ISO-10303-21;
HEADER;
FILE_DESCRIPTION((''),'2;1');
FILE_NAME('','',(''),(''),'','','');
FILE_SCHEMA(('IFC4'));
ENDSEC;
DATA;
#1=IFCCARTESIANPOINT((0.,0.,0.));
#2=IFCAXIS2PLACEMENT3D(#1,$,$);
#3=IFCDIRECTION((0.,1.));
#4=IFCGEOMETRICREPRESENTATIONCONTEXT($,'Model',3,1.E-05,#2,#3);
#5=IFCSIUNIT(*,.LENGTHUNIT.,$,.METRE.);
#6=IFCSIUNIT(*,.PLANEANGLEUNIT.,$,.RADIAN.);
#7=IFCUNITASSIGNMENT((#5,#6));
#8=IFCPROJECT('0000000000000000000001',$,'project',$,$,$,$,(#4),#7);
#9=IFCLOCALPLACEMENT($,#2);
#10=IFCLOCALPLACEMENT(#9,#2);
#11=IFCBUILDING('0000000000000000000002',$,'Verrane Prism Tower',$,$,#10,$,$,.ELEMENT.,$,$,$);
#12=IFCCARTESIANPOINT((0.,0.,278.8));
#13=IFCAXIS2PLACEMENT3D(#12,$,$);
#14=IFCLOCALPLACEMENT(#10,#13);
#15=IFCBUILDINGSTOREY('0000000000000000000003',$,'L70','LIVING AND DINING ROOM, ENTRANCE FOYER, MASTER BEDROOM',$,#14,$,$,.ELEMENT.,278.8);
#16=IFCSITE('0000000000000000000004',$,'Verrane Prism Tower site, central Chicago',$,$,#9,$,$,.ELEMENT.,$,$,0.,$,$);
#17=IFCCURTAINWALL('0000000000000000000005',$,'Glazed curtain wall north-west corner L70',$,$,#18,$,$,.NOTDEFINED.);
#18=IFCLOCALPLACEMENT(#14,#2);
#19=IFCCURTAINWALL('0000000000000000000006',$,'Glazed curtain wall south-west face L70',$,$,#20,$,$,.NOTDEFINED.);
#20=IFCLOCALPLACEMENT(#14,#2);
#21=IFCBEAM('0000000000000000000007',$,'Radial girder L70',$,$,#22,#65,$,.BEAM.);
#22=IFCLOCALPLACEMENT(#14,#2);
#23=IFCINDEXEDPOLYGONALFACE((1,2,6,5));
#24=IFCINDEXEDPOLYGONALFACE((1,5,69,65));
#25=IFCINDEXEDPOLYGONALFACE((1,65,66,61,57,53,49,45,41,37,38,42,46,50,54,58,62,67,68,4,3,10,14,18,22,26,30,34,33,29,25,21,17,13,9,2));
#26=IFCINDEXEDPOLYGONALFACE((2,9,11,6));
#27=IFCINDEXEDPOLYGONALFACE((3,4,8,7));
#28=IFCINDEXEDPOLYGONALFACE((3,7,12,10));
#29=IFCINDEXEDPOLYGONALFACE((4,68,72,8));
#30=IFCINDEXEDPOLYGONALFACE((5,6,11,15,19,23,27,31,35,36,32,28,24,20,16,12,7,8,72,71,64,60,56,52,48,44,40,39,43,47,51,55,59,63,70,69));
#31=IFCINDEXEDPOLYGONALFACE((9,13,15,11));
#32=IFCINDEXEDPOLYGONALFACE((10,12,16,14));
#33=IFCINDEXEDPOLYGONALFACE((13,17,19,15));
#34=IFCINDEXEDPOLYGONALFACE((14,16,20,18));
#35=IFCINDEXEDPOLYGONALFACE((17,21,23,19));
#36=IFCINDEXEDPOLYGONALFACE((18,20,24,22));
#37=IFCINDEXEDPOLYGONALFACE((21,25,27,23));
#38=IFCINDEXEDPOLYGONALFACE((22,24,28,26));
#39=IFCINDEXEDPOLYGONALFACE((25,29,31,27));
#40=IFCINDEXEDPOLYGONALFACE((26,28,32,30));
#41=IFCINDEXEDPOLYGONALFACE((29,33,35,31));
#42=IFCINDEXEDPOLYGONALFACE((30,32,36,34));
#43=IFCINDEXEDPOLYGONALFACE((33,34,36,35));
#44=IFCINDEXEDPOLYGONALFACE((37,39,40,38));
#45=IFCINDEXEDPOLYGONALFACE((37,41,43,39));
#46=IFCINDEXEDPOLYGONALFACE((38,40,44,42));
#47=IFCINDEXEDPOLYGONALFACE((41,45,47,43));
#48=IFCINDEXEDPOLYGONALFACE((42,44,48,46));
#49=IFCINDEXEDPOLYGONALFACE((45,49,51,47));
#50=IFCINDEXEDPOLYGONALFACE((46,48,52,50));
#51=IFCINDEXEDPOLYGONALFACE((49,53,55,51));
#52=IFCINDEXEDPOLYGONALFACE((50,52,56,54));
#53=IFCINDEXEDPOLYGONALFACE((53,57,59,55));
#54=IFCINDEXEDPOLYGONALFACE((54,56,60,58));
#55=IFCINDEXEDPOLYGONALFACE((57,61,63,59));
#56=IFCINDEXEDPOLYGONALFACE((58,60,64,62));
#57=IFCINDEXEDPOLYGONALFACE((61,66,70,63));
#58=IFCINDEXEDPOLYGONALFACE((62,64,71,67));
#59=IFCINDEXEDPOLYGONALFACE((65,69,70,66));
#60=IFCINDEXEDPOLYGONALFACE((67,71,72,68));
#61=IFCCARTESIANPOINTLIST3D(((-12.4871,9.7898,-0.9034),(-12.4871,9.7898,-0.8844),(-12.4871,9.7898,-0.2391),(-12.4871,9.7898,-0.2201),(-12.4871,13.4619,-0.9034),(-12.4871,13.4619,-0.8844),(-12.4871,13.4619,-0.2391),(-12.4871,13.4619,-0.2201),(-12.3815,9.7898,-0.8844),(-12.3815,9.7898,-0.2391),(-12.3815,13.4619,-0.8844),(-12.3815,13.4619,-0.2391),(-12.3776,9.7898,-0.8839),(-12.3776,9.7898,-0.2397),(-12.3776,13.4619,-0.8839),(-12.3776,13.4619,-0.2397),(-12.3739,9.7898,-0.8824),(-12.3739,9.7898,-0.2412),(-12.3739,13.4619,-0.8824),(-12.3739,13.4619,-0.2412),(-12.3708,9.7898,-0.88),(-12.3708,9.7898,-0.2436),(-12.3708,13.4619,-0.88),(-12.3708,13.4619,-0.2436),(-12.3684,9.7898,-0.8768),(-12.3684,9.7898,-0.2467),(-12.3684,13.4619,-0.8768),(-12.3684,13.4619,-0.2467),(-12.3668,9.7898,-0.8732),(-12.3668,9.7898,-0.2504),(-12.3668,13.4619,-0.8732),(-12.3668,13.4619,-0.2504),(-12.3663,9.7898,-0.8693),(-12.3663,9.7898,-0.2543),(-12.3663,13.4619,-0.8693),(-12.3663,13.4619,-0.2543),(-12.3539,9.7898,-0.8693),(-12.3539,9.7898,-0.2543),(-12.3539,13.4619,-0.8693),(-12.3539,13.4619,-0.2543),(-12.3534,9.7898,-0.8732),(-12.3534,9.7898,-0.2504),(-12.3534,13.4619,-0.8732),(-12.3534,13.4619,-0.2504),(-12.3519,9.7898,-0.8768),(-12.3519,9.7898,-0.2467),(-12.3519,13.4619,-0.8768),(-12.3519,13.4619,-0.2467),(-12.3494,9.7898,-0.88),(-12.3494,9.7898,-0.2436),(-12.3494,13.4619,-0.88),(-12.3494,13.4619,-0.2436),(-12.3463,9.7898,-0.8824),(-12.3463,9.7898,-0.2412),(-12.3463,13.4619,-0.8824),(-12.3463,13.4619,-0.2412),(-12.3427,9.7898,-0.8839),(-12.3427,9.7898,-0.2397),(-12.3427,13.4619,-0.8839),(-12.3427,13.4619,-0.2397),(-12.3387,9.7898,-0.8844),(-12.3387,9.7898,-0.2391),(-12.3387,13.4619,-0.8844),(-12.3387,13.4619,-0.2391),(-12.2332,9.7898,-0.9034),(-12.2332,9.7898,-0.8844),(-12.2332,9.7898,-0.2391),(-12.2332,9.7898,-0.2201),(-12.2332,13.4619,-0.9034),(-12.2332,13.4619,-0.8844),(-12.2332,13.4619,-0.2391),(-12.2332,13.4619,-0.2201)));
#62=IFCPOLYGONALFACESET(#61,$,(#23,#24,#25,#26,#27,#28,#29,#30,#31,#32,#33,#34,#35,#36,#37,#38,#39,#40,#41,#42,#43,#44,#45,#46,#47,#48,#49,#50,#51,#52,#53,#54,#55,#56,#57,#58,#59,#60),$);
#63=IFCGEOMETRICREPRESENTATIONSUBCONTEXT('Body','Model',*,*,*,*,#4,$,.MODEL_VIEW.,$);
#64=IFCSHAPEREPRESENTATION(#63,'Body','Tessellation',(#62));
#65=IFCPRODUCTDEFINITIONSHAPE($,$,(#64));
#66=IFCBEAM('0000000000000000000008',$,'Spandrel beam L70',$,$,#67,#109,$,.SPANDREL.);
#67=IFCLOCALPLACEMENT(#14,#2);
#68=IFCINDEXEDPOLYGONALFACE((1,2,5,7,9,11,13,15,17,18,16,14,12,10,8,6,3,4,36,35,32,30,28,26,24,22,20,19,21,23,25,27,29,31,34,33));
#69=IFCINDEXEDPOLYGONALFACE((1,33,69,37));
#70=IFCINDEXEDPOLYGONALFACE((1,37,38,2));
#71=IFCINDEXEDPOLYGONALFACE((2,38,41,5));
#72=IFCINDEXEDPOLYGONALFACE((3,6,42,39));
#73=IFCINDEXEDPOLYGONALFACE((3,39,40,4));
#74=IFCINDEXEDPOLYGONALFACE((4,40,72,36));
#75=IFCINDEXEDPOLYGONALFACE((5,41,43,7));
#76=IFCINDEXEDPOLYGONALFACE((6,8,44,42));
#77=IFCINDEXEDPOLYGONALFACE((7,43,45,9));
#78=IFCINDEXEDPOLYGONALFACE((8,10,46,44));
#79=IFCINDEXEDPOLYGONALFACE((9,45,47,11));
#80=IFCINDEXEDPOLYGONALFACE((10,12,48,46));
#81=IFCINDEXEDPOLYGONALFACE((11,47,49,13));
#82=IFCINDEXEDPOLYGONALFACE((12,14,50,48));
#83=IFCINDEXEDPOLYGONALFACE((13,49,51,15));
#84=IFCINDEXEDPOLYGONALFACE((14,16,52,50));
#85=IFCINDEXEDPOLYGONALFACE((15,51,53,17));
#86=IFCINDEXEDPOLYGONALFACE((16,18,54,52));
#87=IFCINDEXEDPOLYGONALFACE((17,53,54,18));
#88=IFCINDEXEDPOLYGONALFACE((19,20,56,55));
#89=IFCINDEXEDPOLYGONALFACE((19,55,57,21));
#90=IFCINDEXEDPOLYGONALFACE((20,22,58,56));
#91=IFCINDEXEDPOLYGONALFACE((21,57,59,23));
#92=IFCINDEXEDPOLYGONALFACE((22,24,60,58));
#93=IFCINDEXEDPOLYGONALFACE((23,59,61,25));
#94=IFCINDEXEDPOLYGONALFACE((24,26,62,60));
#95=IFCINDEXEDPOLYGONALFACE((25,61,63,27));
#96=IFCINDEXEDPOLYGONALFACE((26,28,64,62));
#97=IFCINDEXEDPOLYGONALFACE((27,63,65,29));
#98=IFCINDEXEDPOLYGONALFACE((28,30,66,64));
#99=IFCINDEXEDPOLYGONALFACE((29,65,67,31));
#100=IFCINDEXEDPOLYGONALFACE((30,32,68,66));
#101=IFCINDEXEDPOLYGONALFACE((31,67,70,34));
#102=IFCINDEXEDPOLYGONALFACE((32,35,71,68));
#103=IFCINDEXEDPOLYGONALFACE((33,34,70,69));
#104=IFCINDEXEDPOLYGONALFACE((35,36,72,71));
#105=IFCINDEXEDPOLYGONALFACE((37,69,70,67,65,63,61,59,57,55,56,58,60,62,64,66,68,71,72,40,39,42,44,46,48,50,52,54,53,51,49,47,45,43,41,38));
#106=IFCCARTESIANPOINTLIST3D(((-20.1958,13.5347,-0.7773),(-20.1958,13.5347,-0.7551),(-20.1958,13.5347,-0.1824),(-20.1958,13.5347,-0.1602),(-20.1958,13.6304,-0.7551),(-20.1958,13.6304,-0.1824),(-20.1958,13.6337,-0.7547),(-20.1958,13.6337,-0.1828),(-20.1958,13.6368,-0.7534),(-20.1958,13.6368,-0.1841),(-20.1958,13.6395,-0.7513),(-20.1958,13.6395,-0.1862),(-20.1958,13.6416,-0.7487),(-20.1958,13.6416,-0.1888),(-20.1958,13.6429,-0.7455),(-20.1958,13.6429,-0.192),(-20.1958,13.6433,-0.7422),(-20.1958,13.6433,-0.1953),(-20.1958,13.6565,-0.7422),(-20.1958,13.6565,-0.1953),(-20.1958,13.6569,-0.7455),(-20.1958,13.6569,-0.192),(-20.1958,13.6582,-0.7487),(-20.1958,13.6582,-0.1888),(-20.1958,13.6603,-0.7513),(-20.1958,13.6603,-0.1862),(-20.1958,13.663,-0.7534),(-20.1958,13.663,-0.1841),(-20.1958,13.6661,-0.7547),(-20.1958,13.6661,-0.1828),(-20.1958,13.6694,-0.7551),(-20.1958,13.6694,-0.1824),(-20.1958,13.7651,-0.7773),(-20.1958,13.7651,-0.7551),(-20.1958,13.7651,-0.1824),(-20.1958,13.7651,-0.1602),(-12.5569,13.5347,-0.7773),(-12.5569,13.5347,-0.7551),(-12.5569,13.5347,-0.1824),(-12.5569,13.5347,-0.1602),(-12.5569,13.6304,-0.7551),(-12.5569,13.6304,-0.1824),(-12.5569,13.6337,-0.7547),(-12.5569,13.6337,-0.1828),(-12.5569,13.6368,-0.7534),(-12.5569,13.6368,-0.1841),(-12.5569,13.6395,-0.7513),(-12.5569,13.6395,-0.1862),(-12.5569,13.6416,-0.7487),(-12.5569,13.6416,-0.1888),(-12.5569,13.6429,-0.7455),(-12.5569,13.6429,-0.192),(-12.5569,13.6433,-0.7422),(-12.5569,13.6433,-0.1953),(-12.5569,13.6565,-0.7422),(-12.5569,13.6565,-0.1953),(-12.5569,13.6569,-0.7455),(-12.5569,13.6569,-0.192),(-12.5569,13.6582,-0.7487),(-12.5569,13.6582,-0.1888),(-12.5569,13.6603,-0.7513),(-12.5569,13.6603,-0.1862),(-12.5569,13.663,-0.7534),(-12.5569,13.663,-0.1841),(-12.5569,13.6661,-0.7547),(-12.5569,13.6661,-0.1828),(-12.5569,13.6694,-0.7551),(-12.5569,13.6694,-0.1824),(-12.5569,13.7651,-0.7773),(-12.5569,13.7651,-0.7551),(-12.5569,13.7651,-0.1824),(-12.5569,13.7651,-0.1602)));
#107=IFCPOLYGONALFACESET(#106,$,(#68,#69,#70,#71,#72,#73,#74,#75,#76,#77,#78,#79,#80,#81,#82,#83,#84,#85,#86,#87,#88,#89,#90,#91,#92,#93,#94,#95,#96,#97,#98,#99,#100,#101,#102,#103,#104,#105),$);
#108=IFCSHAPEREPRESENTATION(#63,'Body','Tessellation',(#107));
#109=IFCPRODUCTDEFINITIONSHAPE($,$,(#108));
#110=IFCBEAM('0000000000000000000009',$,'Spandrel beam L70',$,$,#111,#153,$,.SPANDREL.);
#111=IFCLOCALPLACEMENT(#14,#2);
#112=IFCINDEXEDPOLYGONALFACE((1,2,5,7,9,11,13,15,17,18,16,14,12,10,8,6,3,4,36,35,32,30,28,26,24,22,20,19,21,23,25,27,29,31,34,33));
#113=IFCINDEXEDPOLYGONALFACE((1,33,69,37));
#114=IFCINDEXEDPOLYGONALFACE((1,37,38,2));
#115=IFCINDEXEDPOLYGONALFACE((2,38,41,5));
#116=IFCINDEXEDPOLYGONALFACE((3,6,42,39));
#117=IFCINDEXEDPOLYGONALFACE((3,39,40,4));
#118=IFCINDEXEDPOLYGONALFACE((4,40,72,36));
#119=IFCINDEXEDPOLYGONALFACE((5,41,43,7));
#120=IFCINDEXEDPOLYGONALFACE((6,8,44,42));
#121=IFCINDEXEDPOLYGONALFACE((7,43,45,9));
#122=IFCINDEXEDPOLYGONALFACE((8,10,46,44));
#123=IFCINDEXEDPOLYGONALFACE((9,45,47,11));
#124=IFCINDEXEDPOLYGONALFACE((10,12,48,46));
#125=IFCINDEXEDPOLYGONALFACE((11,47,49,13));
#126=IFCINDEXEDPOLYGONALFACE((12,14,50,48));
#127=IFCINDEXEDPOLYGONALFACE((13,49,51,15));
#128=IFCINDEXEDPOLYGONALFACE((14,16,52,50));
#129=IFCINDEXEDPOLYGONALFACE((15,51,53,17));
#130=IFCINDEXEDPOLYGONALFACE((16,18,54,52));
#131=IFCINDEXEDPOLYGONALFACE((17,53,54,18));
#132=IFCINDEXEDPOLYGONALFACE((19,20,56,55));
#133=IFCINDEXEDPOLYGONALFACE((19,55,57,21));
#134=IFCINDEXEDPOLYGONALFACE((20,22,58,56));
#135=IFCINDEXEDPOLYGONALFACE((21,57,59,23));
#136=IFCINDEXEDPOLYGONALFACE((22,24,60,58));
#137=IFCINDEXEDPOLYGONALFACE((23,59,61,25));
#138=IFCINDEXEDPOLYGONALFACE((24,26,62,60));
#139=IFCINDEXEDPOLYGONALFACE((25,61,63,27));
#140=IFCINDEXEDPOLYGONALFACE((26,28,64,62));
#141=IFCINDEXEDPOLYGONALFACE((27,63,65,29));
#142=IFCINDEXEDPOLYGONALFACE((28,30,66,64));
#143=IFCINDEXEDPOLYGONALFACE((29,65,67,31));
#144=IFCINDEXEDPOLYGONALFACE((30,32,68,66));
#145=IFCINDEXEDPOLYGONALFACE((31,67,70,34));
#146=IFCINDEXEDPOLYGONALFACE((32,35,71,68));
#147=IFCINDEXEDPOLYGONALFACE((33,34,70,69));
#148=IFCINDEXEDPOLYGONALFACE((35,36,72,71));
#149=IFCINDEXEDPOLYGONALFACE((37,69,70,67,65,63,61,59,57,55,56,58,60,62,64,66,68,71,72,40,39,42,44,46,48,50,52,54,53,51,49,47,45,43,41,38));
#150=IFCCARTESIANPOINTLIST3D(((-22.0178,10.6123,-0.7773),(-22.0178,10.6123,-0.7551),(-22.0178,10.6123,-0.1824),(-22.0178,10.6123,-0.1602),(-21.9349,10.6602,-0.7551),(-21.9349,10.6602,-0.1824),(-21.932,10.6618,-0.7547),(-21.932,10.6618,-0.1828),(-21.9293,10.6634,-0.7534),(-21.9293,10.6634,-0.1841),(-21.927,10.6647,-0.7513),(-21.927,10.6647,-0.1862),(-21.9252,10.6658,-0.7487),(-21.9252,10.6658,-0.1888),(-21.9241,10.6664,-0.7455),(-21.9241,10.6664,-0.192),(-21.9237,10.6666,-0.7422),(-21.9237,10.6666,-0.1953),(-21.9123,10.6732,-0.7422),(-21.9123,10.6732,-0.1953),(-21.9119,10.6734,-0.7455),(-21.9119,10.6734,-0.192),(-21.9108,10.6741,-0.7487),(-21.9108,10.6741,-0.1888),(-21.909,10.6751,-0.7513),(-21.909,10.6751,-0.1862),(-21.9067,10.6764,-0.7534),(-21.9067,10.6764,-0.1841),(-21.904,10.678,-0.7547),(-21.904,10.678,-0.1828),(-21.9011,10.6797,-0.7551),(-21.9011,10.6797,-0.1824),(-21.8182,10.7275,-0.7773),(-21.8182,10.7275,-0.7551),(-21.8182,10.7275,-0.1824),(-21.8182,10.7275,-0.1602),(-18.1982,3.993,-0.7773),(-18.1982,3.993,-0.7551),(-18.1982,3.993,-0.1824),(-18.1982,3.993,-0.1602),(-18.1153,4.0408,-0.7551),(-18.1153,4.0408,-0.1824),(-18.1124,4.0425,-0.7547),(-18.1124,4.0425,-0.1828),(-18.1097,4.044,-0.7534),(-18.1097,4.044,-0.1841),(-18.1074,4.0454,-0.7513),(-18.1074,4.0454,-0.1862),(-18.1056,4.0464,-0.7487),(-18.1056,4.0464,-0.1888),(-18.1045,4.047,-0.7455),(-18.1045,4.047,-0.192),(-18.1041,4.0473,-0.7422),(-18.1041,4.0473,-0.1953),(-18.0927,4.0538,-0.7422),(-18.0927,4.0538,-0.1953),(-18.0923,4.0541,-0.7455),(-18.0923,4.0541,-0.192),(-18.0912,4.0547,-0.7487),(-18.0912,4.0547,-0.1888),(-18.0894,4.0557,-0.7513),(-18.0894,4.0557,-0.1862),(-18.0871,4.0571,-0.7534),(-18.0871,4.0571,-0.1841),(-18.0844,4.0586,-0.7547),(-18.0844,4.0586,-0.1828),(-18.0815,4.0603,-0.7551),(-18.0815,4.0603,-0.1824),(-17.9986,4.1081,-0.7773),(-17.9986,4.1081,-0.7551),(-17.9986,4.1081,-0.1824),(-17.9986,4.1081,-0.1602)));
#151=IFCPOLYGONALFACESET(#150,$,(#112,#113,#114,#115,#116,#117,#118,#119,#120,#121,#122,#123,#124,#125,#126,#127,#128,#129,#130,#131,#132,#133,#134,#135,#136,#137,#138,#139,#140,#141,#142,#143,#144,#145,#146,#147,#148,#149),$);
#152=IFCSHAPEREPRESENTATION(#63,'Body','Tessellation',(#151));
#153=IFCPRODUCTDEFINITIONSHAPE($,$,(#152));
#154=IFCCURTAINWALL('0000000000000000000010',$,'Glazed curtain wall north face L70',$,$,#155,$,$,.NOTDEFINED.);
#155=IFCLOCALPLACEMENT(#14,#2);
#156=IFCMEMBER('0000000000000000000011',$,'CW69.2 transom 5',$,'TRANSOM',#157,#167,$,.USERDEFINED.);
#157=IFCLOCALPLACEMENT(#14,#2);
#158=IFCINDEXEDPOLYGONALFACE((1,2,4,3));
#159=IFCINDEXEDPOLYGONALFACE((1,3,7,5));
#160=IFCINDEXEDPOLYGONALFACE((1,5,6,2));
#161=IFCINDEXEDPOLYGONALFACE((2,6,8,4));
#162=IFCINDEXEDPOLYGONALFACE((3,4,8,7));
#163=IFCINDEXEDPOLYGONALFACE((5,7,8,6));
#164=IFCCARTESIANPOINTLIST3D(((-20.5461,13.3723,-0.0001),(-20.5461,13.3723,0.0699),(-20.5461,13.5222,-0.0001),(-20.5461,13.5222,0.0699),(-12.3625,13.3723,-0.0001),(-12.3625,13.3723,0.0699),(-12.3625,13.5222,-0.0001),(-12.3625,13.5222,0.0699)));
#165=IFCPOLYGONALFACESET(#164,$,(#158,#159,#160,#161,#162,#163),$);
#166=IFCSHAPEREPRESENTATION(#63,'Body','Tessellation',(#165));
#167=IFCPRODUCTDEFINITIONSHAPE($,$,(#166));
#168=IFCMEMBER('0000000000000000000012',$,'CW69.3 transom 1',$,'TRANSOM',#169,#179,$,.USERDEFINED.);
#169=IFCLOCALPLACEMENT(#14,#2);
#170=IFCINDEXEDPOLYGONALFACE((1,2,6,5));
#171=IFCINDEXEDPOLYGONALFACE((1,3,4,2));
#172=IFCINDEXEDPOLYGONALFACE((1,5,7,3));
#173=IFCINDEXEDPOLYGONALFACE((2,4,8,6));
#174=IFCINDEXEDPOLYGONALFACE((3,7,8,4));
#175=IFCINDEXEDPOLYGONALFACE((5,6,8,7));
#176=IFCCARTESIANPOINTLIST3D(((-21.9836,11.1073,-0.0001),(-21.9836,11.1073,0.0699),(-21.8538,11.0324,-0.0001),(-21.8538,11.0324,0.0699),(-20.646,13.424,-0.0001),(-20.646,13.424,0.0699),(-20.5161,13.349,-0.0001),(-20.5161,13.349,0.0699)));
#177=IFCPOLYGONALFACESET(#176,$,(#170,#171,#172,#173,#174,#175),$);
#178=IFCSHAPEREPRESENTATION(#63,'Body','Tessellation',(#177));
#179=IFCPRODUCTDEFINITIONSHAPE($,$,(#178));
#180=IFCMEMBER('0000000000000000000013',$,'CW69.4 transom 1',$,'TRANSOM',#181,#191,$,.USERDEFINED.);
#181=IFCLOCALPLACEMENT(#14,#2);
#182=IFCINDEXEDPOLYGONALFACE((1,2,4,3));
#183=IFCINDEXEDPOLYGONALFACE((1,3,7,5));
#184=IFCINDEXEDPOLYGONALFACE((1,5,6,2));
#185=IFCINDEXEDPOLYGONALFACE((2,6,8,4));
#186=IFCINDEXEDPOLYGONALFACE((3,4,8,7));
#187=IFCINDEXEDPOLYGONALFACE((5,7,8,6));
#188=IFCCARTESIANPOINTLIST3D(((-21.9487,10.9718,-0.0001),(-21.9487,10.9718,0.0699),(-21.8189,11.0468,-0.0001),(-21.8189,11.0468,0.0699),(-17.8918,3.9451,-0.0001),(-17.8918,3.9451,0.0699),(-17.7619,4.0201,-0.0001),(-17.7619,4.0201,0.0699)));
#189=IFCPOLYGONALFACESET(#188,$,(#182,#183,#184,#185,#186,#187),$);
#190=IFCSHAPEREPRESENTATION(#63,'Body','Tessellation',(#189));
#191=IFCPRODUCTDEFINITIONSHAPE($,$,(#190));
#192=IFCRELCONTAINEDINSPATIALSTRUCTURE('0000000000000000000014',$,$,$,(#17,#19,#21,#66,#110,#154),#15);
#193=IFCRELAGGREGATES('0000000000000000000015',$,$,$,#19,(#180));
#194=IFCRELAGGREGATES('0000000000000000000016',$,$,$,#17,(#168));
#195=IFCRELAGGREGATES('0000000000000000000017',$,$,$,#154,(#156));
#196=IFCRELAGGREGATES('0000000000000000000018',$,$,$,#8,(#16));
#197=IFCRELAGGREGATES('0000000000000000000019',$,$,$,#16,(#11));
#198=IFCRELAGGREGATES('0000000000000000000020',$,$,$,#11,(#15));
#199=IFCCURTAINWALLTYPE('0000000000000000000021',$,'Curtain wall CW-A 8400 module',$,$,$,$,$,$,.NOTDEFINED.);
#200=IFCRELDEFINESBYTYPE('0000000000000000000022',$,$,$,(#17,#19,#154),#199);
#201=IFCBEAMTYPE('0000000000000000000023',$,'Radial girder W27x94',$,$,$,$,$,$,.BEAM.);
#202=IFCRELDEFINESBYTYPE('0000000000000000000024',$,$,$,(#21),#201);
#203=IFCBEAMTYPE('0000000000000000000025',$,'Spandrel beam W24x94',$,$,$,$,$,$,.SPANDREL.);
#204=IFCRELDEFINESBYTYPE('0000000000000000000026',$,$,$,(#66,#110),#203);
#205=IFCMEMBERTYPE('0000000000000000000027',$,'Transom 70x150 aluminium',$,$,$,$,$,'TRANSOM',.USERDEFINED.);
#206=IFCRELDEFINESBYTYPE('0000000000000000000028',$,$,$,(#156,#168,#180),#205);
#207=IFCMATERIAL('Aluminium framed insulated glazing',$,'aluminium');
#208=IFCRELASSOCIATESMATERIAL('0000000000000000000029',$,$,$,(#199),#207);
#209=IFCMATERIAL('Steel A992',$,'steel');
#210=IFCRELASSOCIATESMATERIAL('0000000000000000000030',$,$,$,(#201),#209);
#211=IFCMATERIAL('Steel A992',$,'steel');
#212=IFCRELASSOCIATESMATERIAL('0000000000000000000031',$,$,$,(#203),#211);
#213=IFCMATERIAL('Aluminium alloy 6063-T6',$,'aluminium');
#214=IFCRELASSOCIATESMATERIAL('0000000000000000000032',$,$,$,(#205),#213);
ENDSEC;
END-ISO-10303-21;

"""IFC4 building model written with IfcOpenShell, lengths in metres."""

from ifc_helpers import new_model, si_unit, direction, frame, origin, origin_2d, place, context, subcontext, project, spatial, rectangle, i_section, extrude, material, material_profile, profile_set, type_object, element, aggregate, save


model = new_model("IFC4")

# Units and contexts
model_context = context("Model", 3, precision=1e-05, world=origin(), true_north=direction((0.0, 1.0)))
body_context = subcontext(model_context, "Body", "Model", "MODEL_VIEW")
ifc_project = project(units=[si_unit("LENGTHUNIT", "METRE"), si_unit("PLANEANGLEUNIT", "RADIAN")], contexts=[model_context])

# Site, building, storey
site_placement = place(None, origin())
site = spatial("IfcSite", under=ifc_project, at=site_placement, Name="Verrane Prism Tower site, central Chicago", CompositionType="ELEMENT", RefElevation=0.0)
building_placement = place(site_placement, origin())
building = spatial("IfcBuilding", under=site, at=building_placement, Name="Verrane Prism Tower", CompositionType="ELEMENT")
storey_placement = place(building_placement, frame((0.0, 0.0, 278.8)))
storey = spatial("IfcBuildingStorey", under=building, at=storey_placement, Name="L70", Description="LIVING AND DINING ROOM, ENTRANCE FOYER, MASTER BEDROOM", CompositionType="ELEMENT", Elevation=278.8)

# Curtain walls
ifc_material_1 = material(Name="Aluminium framed insulated glazing", Category="aluminium")
curtain_wall_type = type_object("IfcCurtainWallType", Name="Curtain wall CW-A 8400 module", PredefinedType="NOTDEFINED", material=ifc_material_1)
curtain_wall_1_placement = place(storey_placement, origin())
curtain_wall_1 = element("IfcCurtainWall", 1, at=curtain_wall_1_placement, inside=storey, type_object=curtain_wall_type, Name="Glazed curtain wall north-west corner L70", PredefinedType="NOTDEFINED")
curtain_wall_2_placement = place(storey_placement, origin())
curtain_wall_2 = element("IfcCurtainWall", 2, at=curtain_wall_2_placement, inside=storey, type_object=curtain_wall_type, Name="Glazed curtain wall south-west face L70", PredefinedType="NOTDEFINED")

# Beams
ifc_material_2 = material(Name="Steel A992", Category="steel")
ifc_material_profile_1 = material_profile(ifc_material_2, i_section(OverallWidth=0.2539, OverallDepth=0.6833, WebThickness=0.0125, FlangeThickness=0.019, FilletRadius=0.0151, at=origin_2d()), Name="W27x94")
ifc_profile_set_1 = profile_set([ifc_material_profile_1], Name="Steel A992")
beam_type_1 = type_object("IfcBeamType", Name="Radial girder W27x94", PredefinedType="BEAM", material=ifc_profile_set_1)
beam_1_placement = place(storey_placement, frame((-12.3601, 13.4619, -0.5618), z_axis=(0.0, -1.0, 0.0), x_axis=(1.0, 0.0, 0.0)))
element("IfcBeam", 3, at=beam_1_placement, inside=storey, type_object=beam_type_1, Name="Radial girder L70", PredefinedType="BEAM", context=body_context, shape_type="SweptSolid", body=[
    extrude(i_section(OverallWidth=0.2539, OverallDepth=0.6833, WebThickness=0.0125, FlangeThickness=0.019, FilletRadius=0.0151, at=origin_2d()), origin(), (0.0, 0.0, 1.0), 3.6721),
])
ifc_material_3 = material(Name="Steel A992", Category="steel")
ifc_material_profile_2 = material_profile(ifc_material_3, i_section(OverallWidth=0.2305, OverallDepth=0.6172, WebThickness=0.0132, FlangeThickness=0.0222, FilletRadius=0.0129, at=origin_2d()), Name="W24x94")
ifc_profile_set_2 = profile_set([ifc_material_profile_2], Name="Steel A992")
beam_type_2 = type_object("IfcBeamType", Name="Spandrel beam W24x94", PredefinedType="SPANDREL", material=ifc_profile_set_2)
beam_2_placement = place(storey_placement, frame((-12.5569, 13.6499, -0.4688), z_axis=(-1.0, 0.0, 0.0), x_axis=(0.0, -1.0, 0.0)))
element("IfcBeam", 4, at=beam_2_placement, inside=storey, type_object=beam_type_2, Name="Spandrel beam L70", PredefinedType="SPANDREL", context=body_context, shape_type="SweptSolid", body=[
    extrude(i_section(OverallWidth=0.2305, OverallDepth=0.6172, WebThickness=0.0132, FlangeThickness=0.0222, FilletRadius=0.0129, at=origin_2d()), origin(), (0.0, 0.0, 1.0), 7.6389),
])
beam_3_placement = place(storey_placement, frame((-21.918, 10.6699, -0.4688), z_axis=(0.499792, -0.866146, 0.0), x_axis=(0.866146, 0.499792, 0.0)))
element("IfcBeam", 5, at=beam_3_placement, inside=storey, type_object=beam_type_2, Name="Spandrel beam L70", PredefinedType="SPANDREL", context=body_context, shape_type="SweptSolid", body=[
    extrude(i_section(OverallWidth=0.2305, OverallDepth=0.6172, WebThickness=0.0132, FlangeThickness=0.0222, FilletRadius=0.0129, at=origin_2d()), origin(), (0.0, 0.0, 1.0), 7.6423),
])

# Curtain wall, member
curtain_wall_3_placement = place(storey_placement, origin())
curtain_wall_3 = element("IfcCurtainWall", 6, at=curtain_wall_3_placement, inside=storey, type_object=curtain_wall_type, Name="Glazed curtain wall north face L70", PredefinedType="NOTDEFINED")
ifc_material_4 = material(Name="Aluminium alloy 6063-T6", Category="aluminium")
ifc_material_profile_3 = material_profile(ifc_material_4, rectangle(XDim=0.1499, YDim=0.0701, at=origin_2d()), Name="Transom 70x150 aluminium")
ifc_profile_set_3 = profile_set([ifc_material_profile_3], Name="Aluminium alloy 6063-T6")
member_type_1 = type_object("IfcMemberType", Name="Transom 70x150 aluminium", ElementType="TRANSOM", PredefinedType="USERDEFINED", material=ifc_profile_set_3)
member_1_placement = place(storey_placement, frame((-12.3625, 13.4473, 0.0349), z_axis=(-1.0, 0.0, 0.0), x_axis=(0.0, -1.0, 0.0)))
member_1 = element("IfcMember", 7, at=member_1_placement, type_object=member_type_1, Name="CW69.2 transom 5", ObjectType="TRANSOM", PredefinedType="USERDEFINED", context=body_context, shape_type="SweptSolid", body=[
    extrude(rectangle(XDim=0.1499, YDim=0.0701, at=origin_2d()), origin(), (0.0, 0.0, 1.0), 8.1836),
])

# Members
member_2_placement = place(storey_placement, frame((-20.5811, 13.3865, 0.0349), z_axis=(-0.500036, -0.866005, 0.0), x_axis=(0.866005, -0.500036, 0.0)))
member_2 = element("IfcMember", 8, at=member_2_placement, type_object=member_type_1, Name="CW69.3 transom 1", ObjectType="TRANSOM", PredefinedType="USERDEFINED", context=body_context, shape_type="SweptSolid", body=[
    extrude(rectangle(XDim=0.1499, YDim=0.0701, at=origin_2d()), origin(), (0.0, 0.0, 1.0), 2.675),
])
member_3_placement = place(storey_placement, frame((-21.8838, 11.0093, 0.0349), z_axis=(0.500006, -0.866022, 0.0), x_axis=(0.866022, 0.500006, 0.0)))
member_3 = element("IfcMember", 9, at=member_3_placement, type_object=member_type_1, Name="CW69.4 transom 1", ObjectType="TRANSOM", PredefinedType="USERDEFINED", context=body_context, shape_type="SweptSolid", body=[
    extrude(rectangle(XDim=0.1499, YDim=0.0701, at=origin_2d()), origin(), (0.0, 0.0, 1.0), 8.1138),
])
aggregate(curtain_wall_2, [member_3])

aggregate(curtain_wall_1, [member_2])
aggregate(curtain_wall_3, [member_1])

save(model, "model.ifc")
